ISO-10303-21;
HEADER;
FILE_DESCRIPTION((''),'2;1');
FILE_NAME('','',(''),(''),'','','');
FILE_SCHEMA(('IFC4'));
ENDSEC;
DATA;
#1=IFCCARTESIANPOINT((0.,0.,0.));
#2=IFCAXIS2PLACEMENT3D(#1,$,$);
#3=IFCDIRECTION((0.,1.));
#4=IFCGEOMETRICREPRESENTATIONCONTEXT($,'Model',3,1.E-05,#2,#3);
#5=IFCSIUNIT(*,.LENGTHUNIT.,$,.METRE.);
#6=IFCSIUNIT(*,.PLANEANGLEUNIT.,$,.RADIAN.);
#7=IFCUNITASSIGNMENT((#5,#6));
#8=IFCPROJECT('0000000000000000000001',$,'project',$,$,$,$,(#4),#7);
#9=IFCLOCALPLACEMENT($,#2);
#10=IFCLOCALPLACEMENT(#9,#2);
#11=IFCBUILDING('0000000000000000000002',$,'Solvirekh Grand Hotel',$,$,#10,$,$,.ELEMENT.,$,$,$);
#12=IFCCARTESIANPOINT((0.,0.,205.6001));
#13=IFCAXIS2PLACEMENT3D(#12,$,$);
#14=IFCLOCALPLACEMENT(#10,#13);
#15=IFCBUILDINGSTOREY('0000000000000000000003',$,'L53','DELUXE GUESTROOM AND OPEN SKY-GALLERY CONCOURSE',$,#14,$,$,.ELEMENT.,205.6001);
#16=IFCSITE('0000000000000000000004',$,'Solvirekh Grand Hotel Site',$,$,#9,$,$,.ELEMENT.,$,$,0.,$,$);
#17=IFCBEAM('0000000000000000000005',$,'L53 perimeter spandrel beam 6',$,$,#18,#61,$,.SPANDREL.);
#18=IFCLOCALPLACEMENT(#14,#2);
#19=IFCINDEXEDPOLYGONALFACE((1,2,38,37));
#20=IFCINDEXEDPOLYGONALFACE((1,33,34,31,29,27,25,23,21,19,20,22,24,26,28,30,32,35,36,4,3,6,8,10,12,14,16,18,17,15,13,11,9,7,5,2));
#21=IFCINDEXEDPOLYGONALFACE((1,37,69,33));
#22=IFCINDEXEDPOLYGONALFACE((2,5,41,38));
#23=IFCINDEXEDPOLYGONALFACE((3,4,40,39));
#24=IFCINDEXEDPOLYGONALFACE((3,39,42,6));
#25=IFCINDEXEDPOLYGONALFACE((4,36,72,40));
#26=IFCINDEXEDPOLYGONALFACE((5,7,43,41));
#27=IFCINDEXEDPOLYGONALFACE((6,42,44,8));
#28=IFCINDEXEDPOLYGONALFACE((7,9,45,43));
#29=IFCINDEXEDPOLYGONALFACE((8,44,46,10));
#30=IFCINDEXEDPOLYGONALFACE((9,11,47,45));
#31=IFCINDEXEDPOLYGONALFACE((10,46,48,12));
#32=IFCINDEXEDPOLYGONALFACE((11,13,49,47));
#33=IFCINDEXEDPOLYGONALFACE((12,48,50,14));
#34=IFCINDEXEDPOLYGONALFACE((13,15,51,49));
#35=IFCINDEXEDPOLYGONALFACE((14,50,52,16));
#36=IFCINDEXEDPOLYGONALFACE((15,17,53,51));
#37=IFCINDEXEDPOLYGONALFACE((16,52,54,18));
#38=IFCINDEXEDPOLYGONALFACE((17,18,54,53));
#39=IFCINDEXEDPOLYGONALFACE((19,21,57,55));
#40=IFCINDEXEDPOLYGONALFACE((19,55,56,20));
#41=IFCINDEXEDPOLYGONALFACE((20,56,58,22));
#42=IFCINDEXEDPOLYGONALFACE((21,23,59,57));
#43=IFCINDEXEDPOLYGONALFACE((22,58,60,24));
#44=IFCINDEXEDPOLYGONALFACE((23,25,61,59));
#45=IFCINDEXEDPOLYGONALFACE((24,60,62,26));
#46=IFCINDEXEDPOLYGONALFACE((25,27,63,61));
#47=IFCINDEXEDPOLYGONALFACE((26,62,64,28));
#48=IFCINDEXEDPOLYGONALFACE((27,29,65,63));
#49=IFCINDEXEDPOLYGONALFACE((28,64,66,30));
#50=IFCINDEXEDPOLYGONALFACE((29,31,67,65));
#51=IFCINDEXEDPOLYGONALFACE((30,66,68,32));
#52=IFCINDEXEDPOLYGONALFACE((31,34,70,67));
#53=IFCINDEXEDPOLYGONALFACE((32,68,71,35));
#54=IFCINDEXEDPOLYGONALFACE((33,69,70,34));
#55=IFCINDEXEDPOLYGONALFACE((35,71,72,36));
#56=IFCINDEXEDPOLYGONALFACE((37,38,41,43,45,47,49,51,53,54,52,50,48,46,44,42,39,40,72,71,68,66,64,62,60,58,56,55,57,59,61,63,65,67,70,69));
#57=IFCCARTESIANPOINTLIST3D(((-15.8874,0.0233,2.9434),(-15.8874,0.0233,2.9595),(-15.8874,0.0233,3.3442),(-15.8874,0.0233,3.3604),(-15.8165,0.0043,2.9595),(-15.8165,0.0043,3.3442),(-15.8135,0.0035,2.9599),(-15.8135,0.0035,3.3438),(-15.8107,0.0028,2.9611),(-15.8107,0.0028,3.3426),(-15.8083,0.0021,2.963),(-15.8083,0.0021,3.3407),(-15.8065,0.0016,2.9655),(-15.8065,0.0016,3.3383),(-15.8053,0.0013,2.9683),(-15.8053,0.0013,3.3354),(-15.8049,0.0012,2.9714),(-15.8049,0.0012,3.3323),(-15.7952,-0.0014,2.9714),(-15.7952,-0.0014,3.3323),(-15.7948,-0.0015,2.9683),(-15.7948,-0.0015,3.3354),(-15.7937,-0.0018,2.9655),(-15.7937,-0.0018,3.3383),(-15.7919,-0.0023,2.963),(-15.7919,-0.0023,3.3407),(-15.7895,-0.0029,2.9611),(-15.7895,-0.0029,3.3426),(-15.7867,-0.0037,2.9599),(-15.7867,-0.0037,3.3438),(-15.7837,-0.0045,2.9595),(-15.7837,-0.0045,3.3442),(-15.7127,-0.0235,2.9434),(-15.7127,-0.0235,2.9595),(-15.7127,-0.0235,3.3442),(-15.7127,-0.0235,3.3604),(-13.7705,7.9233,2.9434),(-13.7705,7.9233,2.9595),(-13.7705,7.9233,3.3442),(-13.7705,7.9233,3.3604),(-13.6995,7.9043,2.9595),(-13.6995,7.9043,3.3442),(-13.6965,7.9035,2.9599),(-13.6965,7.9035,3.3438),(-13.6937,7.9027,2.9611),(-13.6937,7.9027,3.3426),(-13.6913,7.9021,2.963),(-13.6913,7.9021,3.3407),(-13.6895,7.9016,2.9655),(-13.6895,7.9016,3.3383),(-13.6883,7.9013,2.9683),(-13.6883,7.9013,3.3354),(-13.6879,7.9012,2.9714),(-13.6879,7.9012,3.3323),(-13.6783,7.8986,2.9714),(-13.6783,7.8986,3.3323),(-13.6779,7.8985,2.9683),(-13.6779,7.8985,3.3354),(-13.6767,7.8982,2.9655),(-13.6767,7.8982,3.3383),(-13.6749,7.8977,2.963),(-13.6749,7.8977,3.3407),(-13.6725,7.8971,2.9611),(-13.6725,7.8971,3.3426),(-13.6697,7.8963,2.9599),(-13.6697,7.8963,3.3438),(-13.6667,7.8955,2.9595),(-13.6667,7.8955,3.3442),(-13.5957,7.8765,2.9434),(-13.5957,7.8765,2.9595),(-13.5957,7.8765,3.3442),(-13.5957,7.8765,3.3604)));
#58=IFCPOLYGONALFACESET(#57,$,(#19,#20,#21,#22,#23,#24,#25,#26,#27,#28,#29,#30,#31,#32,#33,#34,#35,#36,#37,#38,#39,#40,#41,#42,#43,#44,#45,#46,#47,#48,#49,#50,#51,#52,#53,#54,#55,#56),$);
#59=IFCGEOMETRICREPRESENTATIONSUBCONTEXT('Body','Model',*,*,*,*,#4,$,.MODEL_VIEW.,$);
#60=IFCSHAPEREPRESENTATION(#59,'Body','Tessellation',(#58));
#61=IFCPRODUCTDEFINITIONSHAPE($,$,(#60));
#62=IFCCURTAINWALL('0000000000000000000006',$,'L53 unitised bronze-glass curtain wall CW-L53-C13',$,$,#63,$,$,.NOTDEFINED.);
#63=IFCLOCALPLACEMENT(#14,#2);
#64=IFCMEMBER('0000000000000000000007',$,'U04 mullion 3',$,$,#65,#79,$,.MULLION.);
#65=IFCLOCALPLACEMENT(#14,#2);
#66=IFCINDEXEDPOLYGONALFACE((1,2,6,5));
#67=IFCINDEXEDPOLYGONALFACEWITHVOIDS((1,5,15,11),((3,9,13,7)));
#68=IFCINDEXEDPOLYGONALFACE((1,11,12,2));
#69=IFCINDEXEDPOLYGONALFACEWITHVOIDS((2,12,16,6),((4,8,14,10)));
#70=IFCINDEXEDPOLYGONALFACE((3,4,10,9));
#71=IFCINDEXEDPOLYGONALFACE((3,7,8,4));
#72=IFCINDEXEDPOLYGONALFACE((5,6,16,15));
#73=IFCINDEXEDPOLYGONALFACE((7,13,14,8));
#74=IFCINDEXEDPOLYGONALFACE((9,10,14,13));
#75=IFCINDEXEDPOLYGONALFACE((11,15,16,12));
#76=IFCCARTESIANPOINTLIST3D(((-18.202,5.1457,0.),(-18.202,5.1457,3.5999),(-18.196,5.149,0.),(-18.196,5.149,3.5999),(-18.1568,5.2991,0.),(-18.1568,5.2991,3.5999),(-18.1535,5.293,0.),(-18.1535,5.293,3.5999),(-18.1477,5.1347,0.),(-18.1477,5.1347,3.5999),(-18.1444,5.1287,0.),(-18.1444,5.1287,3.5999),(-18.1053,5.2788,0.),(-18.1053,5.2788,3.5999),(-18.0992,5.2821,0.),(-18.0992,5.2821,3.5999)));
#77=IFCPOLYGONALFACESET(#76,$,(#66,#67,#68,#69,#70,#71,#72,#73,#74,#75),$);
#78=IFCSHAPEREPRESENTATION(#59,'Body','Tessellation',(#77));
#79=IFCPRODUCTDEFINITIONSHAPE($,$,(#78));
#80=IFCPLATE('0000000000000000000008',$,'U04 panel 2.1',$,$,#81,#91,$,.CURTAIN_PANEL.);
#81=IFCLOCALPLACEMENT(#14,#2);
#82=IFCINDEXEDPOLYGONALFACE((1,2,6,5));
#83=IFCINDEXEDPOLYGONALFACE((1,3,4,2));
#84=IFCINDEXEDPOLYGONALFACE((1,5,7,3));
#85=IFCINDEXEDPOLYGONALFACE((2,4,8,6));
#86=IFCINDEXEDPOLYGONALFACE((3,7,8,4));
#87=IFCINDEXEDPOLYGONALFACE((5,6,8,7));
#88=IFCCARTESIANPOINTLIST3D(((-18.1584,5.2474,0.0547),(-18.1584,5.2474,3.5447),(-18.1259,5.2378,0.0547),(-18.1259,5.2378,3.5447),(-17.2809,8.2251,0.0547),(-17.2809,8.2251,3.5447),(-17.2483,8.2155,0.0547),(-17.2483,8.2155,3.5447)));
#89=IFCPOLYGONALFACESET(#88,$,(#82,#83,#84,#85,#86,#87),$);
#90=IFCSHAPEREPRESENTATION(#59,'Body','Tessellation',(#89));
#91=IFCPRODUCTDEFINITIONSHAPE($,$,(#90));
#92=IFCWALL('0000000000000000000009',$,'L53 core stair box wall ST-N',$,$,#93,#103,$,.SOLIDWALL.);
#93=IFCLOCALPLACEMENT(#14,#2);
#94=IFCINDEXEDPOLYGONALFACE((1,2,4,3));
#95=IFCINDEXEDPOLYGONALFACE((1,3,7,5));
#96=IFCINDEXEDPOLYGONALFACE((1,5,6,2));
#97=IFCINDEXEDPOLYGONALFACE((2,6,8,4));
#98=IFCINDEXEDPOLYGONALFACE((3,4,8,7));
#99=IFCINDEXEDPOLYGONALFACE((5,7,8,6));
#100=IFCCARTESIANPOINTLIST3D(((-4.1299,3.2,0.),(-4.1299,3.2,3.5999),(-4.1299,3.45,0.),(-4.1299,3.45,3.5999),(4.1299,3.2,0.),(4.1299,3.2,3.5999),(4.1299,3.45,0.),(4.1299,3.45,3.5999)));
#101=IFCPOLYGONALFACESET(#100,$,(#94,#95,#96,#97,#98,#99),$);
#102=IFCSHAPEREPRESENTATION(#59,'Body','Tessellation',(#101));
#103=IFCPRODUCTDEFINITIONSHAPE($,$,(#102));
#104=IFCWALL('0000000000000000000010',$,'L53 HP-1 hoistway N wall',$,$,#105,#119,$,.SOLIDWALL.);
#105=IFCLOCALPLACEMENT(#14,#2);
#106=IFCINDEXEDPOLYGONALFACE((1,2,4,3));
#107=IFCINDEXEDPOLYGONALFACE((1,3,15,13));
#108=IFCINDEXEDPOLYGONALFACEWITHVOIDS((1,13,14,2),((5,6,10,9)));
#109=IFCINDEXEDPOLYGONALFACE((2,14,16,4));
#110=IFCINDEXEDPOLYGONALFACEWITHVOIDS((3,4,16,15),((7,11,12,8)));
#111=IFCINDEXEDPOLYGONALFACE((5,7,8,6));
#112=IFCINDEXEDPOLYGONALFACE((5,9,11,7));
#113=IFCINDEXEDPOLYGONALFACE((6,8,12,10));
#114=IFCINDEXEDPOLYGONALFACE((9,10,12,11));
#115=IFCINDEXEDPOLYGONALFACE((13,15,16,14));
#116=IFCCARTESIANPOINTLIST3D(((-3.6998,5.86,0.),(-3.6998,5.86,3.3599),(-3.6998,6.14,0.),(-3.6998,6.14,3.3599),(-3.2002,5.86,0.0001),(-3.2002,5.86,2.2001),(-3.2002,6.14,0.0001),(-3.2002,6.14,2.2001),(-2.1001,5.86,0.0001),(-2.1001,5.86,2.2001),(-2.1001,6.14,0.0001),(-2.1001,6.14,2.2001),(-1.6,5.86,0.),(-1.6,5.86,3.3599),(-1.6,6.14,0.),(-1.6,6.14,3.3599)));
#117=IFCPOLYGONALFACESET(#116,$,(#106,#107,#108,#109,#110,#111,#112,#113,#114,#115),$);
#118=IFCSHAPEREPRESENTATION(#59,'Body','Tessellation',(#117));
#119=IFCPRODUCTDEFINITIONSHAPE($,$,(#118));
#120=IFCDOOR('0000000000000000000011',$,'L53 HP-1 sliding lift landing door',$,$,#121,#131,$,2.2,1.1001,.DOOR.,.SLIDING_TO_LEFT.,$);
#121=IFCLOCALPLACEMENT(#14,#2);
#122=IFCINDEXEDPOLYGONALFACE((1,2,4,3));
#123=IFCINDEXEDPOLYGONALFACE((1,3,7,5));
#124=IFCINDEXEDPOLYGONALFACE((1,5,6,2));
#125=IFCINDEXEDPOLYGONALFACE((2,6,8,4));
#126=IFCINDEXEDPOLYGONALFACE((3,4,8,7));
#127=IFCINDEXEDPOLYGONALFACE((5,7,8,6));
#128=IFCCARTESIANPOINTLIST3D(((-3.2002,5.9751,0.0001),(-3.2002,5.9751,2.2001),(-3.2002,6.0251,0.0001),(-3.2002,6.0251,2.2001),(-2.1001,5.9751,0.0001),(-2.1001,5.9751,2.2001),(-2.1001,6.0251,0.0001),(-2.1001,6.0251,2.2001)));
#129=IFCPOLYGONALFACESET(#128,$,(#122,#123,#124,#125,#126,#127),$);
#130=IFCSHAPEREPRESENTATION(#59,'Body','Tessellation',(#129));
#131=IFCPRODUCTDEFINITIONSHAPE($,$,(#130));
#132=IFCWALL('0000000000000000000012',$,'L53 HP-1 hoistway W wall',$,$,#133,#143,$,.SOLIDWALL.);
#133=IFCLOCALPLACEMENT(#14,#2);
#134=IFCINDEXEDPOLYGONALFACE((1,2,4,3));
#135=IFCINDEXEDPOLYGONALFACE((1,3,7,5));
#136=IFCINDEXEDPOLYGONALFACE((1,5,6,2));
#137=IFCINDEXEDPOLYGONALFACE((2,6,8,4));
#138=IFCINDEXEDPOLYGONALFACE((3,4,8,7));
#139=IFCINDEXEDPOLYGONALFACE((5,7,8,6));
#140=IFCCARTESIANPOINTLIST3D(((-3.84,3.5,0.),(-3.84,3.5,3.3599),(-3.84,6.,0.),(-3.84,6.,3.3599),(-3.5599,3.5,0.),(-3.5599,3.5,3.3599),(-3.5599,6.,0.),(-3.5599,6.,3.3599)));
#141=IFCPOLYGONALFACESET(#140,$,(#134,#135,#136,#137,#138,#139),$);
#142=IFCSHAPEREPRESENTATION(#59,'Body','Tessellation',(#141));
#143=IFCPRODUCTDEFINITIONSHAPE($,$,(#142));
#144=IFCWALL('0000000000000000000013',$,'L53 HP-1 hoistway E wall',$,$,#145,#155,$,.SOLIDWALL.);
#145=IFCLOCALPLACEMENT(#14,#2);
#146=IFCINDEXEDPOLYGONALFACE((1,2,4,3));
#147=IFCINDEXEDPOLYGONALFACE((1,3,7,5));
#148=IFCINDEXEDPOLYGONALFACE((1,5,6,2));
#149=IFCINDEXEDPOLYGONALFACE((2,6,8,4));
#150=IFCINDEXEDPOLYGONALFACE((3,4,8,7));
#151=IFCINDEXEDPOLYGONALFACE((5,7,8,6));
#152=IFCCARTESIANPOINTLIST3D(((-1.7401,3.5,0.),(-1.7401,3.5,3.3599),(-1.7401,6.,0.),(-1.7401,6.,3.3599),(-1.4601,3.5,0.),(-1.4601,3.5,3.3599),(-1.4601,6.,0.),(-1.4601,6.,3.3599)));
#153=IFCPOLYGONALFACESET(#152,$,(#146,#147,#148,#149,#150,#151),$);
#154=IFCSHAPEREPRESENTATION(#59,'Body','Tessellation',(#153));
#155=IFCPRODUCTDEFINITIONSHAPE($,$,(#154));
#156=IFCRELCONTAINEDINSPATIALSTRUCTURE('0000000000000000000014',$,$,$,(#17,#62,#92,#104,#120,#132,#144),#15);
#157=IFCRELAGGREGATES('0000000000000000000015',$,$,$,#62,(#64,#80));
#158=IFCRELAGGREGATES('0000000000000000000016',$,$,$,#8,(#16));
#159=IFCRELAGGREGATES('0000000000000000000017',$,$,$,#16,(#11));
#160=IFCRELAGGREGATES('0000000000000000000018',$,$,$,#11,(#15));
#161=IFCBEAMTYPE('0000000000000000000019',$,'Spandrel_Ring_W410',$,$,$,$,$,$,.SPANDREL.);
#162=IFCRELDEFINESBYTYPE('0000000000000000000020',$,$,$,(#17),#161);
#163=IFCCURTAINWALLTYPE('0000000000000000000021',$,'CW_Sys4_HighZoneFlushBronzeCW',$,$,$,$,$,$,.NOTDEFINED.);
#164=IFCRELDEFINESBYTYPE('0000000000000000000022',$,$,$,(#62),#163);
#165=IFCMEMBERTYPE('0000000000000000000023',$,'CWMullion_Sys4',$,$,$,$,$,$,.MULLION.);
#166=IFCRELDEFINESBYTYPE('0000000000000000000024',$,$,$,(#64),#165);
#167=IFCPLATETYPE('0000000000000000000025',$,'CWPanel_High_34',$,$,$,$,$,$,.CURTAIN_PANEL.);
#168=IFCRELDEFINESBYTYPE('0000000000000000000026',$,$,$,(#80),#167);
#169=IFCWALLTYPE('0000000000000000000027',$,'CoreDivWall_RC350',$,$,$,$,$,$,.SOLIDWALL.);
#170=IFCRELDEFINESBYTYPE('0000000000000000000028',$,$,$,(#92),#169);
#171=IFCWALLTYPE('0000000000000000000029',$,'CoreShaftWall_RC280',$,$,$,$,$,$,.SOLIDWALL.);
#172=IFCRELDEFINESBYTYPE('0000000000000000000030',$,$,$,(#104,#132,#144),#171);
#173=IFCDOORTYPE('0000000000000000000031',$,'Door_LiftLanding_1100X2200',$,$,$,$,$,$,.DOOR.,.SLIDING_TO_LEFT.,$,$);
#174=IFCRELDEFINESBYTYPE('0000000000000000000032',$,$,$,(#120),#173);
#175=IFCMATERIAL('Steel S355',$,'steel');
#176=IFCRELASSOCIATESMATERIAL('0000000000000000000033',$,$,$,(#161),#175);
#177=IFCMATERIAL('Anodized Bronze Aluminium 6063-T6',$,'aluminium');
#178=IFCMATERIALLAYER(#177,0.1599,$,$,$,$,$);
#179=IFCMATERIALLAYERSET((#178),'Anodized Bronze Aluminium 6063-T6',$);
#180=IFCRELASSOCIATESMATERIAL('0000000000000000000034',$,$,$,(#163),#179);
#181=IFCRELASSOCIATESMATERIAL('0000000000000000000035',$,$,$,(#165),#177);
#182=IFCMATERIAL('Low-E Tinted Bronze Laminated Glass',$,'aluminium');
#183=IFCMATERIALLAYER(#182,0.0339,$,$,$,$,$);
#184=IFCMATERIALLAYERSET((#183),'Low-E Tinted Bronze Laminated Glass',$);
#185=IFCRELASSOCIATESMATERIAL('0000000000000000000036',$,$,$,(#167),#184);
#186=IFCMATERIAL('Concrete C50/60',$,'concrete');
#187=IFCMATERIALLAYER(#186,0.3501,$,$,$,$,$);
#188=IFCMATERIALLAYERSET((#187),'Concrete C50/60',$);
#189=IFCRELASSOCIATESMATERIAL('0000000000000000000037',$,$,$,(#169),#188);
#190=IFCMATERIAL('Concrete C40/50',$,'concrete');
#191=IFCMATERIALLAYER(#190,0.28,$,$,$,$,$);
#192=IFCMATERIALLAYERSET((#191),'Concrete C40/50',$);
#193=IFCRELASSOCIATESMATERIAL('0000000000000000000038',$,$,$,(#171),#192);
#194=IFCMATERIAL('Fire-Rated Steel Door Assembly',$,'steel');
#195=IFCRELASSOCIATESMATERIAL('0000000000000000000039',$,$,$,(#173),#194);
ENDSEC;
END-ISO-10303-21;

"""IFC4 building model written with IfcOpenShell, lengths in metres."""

from ifc_helpers import new_model, si_unit, direction, frame, frame_2d, origin, origin_2d, place, context, subcontext, project, spatial, rectangle, hollow_rectangle, i_section, extrude, source, transform, mapped, material, layer, layer_set, material_profile, profile_set, type_object, element, fill, aggregate, save


model = new_model("IFC4")

# Units and contexts
model_context = context("Model", 3, precision=1e-05, world=origin(), true_north=direction((0.0, 1.0)))
body_context = subcontext(model_context, "Body", "Model", "MODEL_VIEW")
ifc_project = project(units=[si_unit("LENGTHUNIT", "METRE"), si_unit("PLANEANGLEUNIT", "RADIAN")], contexts=[model_context])

# Site, building, storey
site_placement = place(None, origin())
site = spatial("IfcSite", under=ifc_project, at=site_placement, Name="Solvirekh Grand Hotel Site", CompositionType="ELEMENT", RefElevation=0.0)
building_placement = place(site_placement, origin())
building = spatial("IfcBuilding", under=site, at=building_placement, Name="Solvirekh Grand Hotel", CompositionType="ELEMENT")
storey_placement = place(building_placement, frame((0.0, 0.0, 205.6001)))
storey = spatial("IfcBuildingStorey", under=building, at=storey_placement, Name="L53", Description="DELUXE GUESTROOM AND OPEN SKY-GALLERY CONCOURSE", CompositionType="ELEMENT", Elevation=205.6001)

# Shared definitions
ifc_material_1 = material(Name="Concrete C50/60", Category="concrete")

# Beam
ifc_material_2 = material(Name="Steel S355", Category="steel")
ifc_material_profile_1 = material_profile(ifc_material_2, i_section(OverallWidth=0.1809, OverallDepth=0.417, WebThickness=0.01, FlangeThickness=0.0161, FilletRadius=0.012, at=origin_2d()), Name="W410X85")
ifc_profile_set_1 = profile_set([ifc_material_profile_1], Name="Steel S355")
beam_type_1 = type_object("IfcBeamType", Name="Spandrel_Ring_W410", PredefinedType="SPANDREL", material=ifc_profile_set_1)
beam_1_placement = place(storey_placement, frame((-13.6831, 7.8999, 3.1519), z_axis=(-0.258839, -0.965921, 0.0), x_axis=(0.965921, -0.258839, 0.0)))
element("IfcBeam", 1, at=beam_1_placement, inside=storey, type_object=beam_type_1, Name="L53 perimeter spandrel beam 6", PredefinedType="SPANDREL", context=body_context, shape_type="SweptSolid", body=[
    extrude(i_section(OverallWidth=0.1809, OverallDepth=0.417, WebThickness=0.01, FlangeThickness=0.0161, FilletRadius=0.012, at=origin_2d()), origin(), (0.0, 0.0, 1.0), 8.1787),
])

# Curtain wall, member, plate
ifc_material_3 = material(Name="Anodized Bronze Aluminium 6063-T6", Category="aluminium")
ifc_layer_1 = layer(ifc_material_3, 0.1599)
ifc_layer_set_1 = layer_set([ifc_layer_1], Name="Anodized Bronze Aluminium 6063-T6")
curtain_wall_type = type_object("IfcCurtainWallType", Name="CW_Sys4_HighZoneFlushBronzeCW", PredefinedType="NOTDEFINED", material=ifc_layer_set_1)
curtain_wall_placement = place(storey_placement, origin())
curtain_wall = element("IfcCurtainWall", 2, at=curtain_wall_placement, inside=storey, type_object=curtain_wall_type, Name="L53 unitised bronze-glass curtain wall CW-L53-C13", PredefinedType="NOTDEFINED")
ifc_material_profile_2 = material_profile(ifc_material_3, hollow_rectangle(XDim=0.0601, YDim=0.1599, WallThickness=0.0049, at=origin_2d()), Name="ALU RHS 160X60X5")
ifc_profile_set_2 = profile_set([ifc_material_profile_2], Name="Anodized Bronze Aluminium 6063-T6")
member_type = type_object("IfcMemberType", Name="CWMullion_Sys4", PredefinedType="MULLION", material=ifc_profile_set_2)
shared_shape_1 = source(origin(), body_context, "Body", "SweptSolid", [
    extrude(hollow_rectangle(XDim=0.0601, YDim=0.1599, WallThickness=0.0049, at=origin_2d()), origin(), (0.0, 0.0, 1.0), 3.5999),
])
member_placement = place(storey_placement, frame((-18.1506, 5.2139, 0.0), z_axis=(0.0, 0.0, 1.0), x_axis=(0.959211, -0.282692, 0.0)))
member = element("IfcMember", 3, at=member_placement, type_object=member_type, Name="U04 mullion 3", PredefinedType="MULLION", context=body_context, shape_type="MappedRepresentation", body=[
    mapped(shared_shape_1, transform((0.0, 0.0, 0.0), x_axis=(1.0, 0.0, 0.0), y_axis=(0.0, 1.0, 0.0), z_axis=(0.0, 0.0, 1.0), scale=1.0)),
])
ifc_material_4 = material(Name="Low-E Tinted Bronze Laminated Glass", Category="aluminium")
ifc_layer_2 = layer(ifc_material_4, 0.0339)
ifc_layer_set_2 = layer_set([ifc_layer_2], Name="Low-E Tinted Bronze Laminated Glass")
plate_type = type_object("IfcPlateType", Name="CWPanel_High_34", PredefinedType="CURTAIN_PANEL", material=ifc_layer_set_2)
shared_shape_2 = source(origin(), body_context, "Body", "SweptSolid", [
    extrude(rectangle(XDim=3.1042, YDim=0.0339, at=origin_2d()), origin(), (0.0, 0.0, 1.0), 3.49),
])
plate_placement = place(storey_placement, frame((-17.7034, 6.7314, 0.0547), z_axis=(0.0, 0.0, 1.0), x_axis=(-0.282692, -0.959211, 0.0)))
plate = element("IfcPlate", 4, at=plate_placement, type_object=plate_type, Name="U04 panel 2.1", PredefinedType="CURTAIN_PANEL", context=body_context, shape_type="MappedRepresentation", body=[
    mapped(shared_shape_2, transform((0.0, 0.0, 0.0), x_axis=(1.0, 0.0, 0.0), y_axis=(0.0, 1.0, 0.0), z_axis=(0.0, 0.0, 1.0), scale=1.0)),
])
aggregate(curtain_wall, [member, plate])

# Wall
ifc_layer_3 = layer(ifc_material_1, 0.3501)
ifc_layer_set_3 = layer_set([ifc_layer_3], Name="Concrete C50/60")
wall_type_1 = type_object("IfcWallType", Name="CoreDivWall_RC350", PredefinedType="SOLIDWALL", material=ifc_layer_set_3)
wall_1_placement = place(storey_placement, frame((-4.1299, 3.325, 0.0), z_axis=(0.0, 0.0, 1.0), x_axis=(1.0, 0.0, 0.0)))
element("IfcWall", 5, at=wall_1_placement, inside=storey, type_object=wall_type_1, Name="L53 core stair box wall ST-N", PredefinedType="SOLIDWALL", context=body_context, shape_type="SweptSolid", body=[
    extrude(rectangle(XDim=8.2598, YDim=0.25, at=frame_2d((4.1299, 0.0))), origin(), (0.0, 0.0, 1.0), 3.5999),
])

# Wall, opening, door
ifc_material_5 = material(Name="Concrete C40/50", Category="concrete")
ifc_layer_4 = layer(ifc_material_5, 0.28)
ifc_layer_set_4 = layer_set([ifc_layer_4], Name="Concrete C40/50")
wall_type_2 = type_object("IfcWallType", Name="CoreShaftWall_RC280", PredefinedType="SOLIDWALL", material=ifc_layer_set_4)
wall_2_placement = place(storey_placement, frame((-1.6001, 6.0, 0.0), z_axis=(0.0, 0.0, 1.0), x_axis=(-1.0, 0.0, 0.0)))
wall_2 = element("IfcWall", 6, at=wall_2_placement, inside=storey, type_object=wall_type_2, Name="L53 HP-1 hoistway N wall", PredefinedType="SOLIDWALL", context=body_context, shape_type="SweptSolid", body=[
    extrude(rectangle(XDim=2.0999, YDim=0.28, at=frame_2d((1.0498, 0.0))), origin(), (0.0, 0.0, 1.0), 3.3599),
])
opening_1_placement = place(wall_2_placement, frame((0.5, 0.0, 0.0)))
opening_1 = element("IfcOpeningElement", 7, at=opening_1_placement, cuts=wall_2, PredefinedType="OPENING", context=body_context, shape_type="SweptSolid", body=[
    extrude(rectangle(XDim=1.1001, YDim=2.2, at=frame_2d((0.55, 1.1001))), frame((0.0, 0.1499, 0.0), z_axis=(0.0, -1.0, 0.0), x_axis=(1.0, 0.0, 0.0)), (0.0, 0.0, 1.0), 0.3),
])
ifc_material_6 = material(Name="Fire-Rated Steel Door Assembly", Category="steel")
door_type_1 = type_object("IfcDoorType", Name="Door_LiftLanding_1100X2200", OperationType="SLIDING_TO_LEFT", PredefinedType="DOOR", material=ifc_material_6)
door_1_placement = place(opening_1_placement, origin())
door_1 = element("IfcDoor", 8, at=door_1_placement, inside=storey, type_object=door_type_1, Name="L53 HP-1 sliding lift landing door", OperationType="SLIDING_TO_LEFT", OverallHeight=2.2, OverallWidth=1.1001, PredefinedType="DOOR", context=body_context, shape_type="SweptSolid", body=[
    extrude(rectangle(XDim=1.1001, YDim=2.2, at=frame_2d((0.55, 1.1001))), frame((0.0, 0.0249, 0.0), z_axis=(0.0, -1.0, 0.0), x_axis=(1.0, 0.0, 0.0)), (0.0, 0.0, 1.0), 0.05),
])
fill(opening_1, door_1)

# Walls
for number, where, z_axis, x_axis, name in (
    (9, (-3.7, 6.0, 0.0), (0.0, 0.0, 1.0), (0.0, -1.0, 0.0), "L53 HP-1 hoistway W wall"),
    (10, (-1.6001, 3.5, 0.0), (0.0, 0.0, 1.0), (0.0, 1.0, 0.0), "L53 HP-1 hoistway E wall"),
):
    element("IfcWall", number, at=place(storey_placement, frame(where, z_axis=z_axis, x_axis=x_axis)), inside=storey, type_object=wall_type_2, Name=name, PredefinedType="SOLIDWALL", context=body_context, shape_type="SweptSolid", body=[
        extrude(rectangle(XDim=2.5, YDim=0.28, at=frame_2d((1.25, 0.0))), origin(), (0.0, 0.0, 1.0), 3.3599),
    ])

save(model, "model.ifc")
